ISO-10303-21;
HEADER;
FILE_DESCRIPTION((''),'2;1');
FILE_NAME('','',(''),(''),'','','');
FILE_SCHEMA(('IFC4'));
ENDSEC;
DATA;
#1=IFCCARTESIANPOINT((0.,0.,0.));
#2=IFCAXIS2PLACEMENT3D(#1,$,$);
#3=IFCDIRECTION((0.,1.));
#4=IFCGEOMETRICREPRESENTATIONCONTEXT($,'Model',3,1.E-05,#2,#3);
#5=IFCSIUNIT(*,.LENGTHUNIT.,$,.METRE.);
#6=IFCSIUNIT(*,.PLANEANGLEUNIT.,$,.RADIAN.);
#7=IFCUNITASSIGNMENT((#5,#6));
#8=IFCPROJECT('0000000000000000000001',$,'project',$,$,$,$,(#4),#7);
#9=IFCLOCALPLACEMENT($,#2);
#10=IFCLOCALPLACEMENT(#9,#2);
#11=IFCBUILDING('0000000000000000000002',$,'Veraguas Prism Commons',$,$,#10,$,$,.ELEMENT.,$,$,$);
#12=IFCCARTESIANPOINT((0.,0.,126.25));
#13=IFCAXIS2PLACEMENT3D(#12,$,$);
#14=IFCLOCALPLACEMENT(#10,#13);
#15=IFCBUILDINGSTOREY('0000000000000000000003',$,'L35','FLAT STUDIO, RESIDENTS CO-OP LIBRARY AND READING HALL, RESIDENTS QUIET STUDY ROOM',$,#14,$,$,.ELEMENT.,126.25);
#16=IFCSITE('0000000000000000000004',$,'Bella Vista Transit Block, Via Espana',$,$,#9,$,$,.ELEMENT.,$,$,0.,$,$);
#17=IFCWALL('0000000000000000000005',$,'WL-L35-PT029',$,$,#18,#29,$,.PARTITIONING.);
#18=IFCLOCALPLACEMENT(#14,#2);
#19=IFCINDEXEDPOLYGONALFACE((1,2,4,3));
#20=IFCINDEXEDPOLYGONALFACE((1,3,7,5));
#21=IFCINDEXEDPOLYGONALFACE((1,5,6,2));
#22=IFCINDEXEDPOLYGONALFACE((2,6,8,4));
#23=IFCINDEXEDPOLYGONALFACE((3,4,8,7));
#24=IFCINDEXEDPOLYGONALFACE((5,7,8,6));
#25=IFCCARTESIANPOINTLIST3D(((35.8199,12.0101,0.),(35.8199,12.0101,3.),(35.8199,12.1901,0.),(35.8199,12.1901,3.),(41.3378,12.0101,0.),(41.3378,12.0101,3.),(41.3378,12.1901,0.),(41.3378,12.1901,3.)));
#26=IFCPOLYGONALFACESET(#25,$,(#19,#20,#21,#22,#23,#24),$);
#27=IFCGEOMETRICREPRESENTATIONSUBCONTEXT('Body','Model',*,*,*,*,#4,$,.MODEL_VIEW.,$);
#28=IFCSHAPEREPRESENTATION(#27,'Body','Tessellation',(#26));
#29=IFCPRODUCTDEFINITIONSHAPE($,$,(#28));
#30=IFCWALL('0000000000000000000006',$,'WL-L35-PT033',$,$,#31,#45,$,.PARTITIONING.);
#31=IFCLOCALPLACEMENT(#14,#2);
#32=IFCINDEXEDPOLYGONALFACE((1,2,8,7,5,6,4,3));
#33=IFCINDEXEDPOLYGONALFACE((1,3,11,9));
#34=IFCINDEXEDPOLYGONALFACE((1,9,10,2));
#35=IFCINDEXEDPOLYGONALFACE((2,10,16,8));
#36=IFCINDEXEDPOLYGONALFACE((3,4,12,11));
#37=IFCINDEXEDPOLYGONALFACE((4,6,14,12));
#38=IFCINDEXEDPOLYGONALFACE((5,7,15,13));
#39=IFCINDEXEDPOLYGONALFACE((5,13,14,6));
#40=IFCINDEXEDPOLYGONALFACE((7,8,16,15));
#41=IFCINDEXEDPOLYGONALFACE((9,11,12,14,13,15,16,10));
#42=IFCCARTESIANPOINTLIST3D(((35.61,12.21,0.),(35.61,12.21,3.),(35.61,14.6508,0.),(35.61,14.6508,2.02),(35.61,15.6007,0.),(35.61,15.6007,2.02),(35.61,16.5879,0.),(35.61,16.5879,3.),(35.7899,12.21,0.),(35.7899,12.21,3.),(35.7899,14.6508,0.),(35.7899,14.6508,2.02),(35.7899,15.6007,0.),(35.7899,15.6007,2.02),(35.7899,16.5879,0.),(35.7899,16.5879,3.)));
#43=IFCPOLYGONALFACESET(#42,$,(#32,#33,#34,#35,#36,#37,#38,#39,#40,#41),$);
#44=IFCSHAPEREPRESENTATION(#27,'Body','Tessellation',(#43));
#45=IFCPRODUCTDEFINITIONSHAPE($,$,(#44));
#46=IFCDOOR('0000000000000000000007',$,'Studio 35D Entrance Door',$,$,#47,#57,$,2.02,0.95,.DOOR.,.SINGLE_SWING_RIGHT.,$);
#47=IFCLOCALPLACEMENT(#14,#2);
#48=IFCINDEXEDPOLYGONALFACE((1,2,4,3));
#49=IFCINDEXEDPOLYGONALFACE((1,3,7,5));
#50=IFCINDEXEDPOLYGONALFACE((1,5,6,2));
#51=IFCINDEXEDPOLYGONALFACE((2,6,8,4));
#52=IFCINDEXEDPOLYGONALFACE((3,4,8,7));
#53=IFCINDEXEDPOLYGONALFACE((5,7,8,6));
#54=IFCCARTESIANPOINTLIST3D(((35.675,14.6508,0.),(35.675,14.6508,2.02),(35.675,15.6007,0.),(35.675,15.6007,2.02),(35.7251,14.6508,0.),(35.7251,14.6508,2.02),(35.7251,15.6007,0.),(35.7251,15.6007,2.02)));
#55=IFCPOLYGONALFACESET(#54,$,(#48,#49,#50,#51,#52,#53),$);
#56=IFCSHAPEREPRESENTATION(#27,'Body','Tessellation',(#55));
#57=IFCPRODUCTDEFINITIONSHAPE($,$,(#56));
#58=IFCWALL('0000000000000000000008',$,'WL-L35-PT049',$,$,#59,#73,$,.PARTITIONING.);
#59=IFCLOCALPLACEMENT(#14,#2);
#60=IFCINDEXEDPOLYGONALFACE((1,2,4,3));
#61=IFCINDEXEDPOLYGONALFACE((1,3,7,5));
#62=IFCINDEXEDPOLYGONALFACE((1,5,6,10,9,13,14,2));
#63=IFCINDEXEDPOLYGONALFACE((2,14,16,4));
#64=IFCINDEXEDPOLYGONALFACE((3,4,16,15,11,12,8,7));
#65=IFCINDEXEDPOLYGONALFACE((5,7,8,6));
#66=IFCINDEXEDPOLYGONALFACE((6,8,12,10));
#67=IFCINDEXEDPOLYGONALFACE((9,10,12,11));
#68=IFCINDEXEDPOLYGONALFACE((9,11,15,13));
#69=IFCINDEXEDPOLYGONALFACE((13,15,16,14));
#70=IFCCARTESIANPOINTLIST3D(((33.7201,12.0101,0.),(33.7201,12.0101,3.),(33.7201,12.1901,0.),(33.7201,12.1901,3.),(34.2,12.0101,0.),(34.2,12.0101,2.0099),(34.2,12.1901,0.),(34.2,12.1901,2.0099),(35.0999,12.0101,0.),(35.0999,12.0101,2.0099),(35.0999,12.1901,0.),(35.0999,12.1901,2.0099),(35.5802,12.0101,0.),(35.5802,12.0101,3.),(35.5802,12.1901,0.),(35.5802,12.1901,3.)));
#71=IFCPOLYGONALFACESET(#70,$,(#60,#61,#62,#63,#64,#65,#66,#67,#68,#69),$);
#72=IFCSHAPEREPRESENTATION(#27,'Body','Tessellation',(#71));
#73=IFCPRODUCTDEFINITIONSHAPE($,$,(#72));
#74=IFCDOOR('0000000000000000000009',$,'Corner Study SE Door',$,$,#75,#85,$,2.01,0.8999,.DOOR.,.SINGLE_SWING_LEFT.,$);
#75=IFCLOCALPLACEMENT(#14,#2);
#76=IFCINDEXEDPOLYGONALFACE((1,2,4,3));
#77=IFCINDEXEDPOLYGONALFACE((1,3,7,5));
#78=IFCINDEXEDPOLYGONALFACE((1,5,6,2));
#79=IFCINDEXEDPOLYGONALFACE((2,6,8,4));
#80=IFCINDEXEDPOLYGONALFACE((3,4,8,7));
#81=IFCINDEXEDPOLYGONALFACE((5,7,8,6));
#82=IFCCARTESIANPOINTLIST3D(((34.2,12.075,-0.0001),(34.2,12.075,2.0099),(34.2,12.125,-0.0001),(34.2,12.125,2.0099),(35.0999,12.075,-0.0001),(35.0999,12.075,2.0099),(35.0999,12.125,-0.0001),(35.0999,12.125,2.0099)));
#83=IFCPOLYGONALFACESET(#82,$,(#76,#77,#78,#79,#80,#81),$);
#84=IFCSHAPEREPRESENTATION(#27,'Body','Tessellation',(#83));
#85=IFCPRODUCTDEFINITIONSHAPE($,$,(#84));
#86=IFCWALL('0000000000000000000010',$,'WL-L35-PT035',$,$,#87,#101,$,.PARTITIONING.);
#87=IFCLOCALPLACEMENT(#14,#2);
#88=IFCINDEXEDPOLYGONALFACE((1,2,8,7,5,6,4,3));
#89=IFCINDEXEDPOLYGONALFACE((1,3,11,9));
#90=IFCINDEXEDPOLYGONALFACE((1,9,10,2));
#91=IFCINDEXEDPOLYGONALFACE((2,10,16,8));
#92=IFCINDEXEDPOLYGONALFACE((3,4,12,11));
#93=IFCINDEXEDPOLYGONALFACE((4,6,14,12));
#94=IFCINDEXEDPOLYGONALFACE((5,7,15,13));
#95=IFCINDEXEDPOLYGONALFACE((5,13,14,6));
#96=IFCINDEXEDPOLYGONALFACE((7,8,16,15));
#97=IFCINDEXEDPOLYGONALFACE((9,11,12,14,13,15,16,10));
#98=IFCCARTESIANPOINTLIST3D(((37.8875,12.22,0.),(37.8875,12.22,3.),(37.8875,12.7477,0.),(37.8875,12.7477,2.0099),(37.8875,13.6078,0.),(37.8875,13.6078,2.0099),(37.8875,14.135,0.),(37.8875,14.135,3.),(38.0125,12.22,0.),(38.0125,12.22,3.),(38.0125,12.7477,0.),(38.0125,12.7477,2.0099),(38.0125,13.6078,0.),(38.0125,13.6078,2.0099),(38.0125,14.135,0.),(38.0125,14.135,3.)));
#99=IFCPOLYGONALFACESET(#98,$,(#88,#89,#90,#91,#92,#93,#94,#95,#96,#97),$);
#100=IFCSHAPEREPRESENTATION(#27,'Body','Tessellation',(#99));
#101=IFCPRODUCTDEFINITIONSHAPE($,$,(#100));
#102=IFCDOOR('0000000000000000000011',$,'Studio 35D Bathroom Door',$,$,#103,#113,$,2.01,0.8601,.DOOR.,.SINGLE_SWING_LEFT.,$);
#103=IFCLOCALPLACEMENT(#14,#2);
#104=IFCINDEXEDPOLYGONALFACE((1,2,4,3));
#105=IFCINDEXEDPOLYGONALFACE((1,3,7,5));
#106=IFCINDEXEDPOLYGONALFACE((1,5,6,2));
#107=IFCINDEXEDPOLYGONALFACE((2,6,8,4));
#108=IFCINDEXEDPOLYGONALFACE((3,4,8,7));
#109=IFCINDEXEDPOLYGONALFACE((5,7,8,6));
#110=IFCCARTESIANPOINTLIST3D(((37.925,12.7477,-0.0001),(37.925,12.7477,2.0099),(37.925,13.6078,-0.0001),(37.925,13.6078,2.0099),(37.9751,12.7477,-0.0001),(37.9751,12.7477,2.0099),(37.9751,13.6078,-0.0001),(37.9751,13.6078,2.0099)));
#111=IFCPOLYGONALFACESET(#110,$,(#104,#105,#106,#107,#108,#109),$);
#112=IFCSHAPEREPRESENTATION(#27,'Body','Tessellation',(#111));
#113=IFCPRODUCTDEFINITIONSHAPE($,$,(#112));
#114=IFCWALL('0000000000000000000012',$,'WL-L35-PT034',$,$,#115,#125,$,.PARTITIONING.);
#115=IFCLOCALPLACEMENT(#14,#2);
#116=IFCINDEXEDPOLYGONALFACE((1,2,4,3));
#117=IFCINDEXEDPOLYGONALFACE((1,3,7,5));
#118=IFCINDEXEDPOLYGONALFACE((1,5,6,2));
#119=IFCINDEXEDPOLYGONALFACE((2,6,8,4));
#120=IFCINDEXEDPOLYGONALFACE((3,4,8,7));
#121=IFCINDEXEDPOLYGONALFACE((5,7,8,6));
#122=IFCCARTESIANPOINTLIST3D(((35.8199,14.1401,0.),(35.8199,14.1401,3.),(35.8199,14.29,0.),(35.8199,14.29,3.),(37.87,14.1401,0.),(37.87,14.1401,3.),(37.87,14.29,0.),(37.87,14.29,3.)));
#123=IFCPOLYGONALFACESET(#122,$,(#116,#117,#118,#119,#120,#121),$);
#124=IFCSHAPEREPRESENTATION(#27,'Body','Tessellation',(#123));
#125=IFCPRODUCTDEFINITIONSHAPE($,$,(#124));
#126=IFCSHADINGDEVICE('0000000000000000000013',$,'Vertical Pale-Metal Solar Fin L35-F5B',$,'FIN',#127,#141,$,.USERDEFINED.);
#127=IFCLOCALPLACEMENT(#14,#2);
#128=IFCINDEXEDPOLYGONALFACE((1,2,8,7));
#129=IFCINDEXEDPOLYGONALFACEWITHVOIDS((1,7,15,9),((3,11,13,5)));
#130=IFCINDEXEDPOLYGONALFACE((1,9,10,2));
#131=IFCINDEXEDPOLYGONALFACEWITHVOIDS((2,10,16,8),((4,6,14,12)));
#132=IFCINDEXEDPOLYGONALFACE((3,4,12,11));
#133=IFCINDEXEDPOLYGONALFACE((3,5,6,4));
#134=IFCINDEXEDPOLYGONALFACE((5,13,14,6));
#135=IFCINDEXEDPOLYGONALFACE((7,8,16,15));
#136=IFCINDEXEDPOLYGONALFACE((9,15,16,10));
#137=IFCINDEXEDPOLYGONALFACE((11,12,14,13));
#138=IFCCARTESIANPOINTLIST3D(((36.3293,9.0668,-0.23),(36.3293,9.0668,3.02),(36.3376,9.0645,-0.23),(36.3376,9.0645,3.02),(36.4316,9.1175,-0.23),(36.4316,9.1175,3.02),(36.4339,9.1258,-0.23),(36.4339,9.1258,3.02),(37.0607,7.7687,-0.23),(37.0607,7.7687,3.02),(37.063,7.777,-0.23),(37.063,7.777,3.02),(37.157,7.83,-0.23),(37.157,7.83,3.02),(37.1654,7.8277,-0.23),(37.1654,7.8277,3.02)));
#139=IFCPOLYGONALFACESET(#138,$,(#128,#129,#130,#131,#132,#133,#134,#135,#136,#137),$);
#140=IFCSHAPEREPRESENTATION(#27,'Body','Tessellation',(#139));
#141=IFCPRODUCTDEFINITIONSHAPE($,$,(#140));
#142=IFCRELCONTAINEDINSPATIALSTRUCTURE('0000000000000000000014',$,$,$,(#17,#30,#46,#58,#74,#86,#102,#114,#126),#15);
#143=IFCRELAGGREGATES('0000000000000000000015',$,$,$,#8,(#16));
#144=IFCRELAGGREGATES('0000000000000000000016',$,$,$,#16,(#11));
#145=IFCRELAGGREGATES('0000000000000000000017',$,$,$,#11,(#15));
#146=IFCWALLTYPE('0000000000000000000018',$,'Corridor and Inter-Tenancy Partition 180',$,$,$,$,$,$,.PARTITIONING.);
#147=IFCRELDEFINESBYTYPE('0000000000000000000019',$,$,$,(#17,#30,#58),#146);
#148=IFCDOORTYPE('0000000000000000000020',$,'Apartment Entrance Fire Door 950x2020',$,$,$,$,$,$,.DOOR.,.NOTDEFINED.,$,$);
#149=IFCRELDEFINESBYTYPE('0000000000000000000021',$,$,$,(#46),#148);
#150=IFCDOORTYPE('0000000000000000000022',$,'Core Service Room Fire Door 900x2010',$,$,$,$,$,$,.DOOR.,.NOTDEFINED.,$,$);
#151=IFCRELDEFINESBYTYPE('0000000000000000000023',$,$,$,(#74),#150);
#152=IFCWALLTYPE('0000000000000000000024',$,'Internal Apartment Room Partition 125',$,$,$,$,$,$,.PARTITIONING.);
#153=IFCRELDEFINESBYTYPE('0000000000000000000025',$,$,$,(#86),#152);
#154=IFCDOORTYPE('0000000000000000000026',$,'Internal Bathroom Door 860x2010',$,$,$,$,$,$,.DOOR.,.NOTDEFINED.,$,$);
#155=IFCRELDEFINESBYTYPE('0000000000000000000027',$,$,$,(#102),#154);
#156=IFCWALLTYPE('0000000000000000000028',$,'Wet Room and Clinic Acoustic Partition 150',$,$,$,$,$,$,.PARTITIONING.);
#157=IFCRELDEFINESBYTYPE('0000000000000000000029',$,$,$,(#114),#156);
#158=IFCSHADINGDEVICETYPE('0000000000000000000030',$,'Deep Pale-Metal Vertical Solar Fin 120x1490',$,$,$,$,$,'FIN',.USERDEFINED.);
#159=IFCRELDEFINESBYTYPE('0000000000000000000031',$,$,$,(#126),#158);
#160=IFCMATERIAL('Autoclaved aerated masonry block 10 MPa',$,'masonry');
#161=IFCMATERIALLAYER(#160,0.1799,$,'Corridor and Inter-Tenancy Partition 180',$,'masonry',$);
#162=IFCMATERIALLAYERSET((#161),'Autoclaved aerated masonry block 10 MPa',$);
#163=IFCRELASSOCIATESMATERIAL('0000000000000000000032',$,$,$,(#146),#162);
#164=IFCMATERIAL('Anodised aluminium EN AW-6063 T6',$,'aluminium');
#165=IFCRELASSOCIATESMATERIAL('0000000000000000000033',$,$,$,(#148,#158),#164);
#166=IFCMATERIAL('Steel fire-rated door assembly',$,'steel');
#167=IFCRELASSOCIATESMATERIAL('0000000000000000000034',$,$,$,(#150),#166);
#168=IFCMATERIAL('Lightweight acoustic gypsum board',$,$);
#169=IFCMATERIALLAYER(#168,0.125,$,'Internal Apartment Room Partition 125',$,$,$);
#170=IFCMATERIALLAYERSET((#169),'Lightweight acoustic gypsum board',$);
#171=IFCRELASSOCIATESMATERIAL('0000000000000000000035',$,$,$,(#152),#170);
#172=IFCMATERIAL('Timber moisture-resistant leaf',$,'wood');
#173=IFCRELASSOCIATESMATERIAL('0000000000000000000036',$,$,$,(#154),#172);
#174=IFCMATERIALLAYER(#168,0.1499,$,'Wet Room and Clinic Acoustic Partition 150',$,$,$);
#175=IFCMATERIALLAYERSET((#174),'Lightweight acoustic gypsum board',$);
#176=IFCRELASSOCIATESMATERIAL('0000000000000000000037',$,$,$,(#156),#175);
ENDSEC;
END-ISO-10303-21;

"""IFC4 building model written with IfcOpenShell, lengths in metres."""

from ifc_helpers import new_model, si_unit, direction, frame, frame_2d, origin, origin_2d, place, context, subcontext, project, spatial, rectangle, hollow_rectangle, extrude, source, transform, mapped, material, layer, layer_set, material_profile, profile_set, type_object, element, fill, save


model = new_model("IFC4")

# Units and contexts
model_context = context("Model", 3, precision=1e-05, world=origin(), true_north=direction((0.0, 1.0)))
body_context = subcontext(model_context, "Body", "Model", "MODEL_VIEW")
ifc_project = project(units=[si_unit("LENGTHUNIT", "METRE"), si_unit("PLANEANGLEUNIT", "RADIAN")], contexts=[model_context])

# Site, building, storey
site_placement = place(None, origin())
site = spatial("IfcSite", under=ifc_project, at=site_placement, Name="Bella Vista Transit Block, Via Espana", CompositionType="ELEMENT", RefElevation=0.0)
building_placement = place(site_placement, origin())
building = spatial("IfcBuilding", under=site, at=building_placement, Name="Veraguas Prism Commons", CompositionType="ELEMENT")
storey_placement = place(building_placement, frame((0.0, 0.0, 126.25)))
storey = spatial("IfcBuildingStorey", under=building, at=storey_placement, Name="L35", Description="FLAT STUDIO, RESIDENTS CO-OP LIBRARY AND READING HALL, RESIDENTS QUIET STUDY ROOM", CompositionType="ELEMENT", Elevation=126.25)

# Shared definitions
ifc_material_1 = material(Name="Anodised aluminium EN AW-6063 T6", Category="aluminium")

# Wall
ifc_material_2 = material(Name="Autoclaved aerated masonry block 10 MPa", Category="masonry")
ifc_layer_1 = layer(ifc_material_2, 0.1799, Name="Corridor and Inter-Tenancy Partition 180", Category="masonry")
ifc_layer_set_1 = layer_set([ifc_layer_1], Name="Autoclaved aerated masonry block 10 MPa")
wall_type_1 = type_object("IfcWallType", Name="Corridor and Inter-Tenancy Partition 180", PredefinedType="PARTITIONING", material=ifc_layer_set_1)
wall_1_placement = place(storey_placement, frame((35.8201, 12.1001, 0.0), z_axis=(0.0, 0.0, 1.0), x_axis=(1.0, 0.0, 0.0)))
element("IfcWall", 1, at=wall_1_placement, inside=storey, type_object=wall_type_1, Name="WL-L35-PT029", PredefinedType="PARTITIONING", context=body_context, shape_type="SweptSolid", body=[
    extrude(rectangle(XDim=5.5178, YDim=0.1799, at=frame_2d((2.7588, 0.0))), origin(), (0.0, 0.0, 1.0), 3.0),
])

# Walls, openings, doors
wall_2_placement = place(storey_placement, frame((35.7, 12.21, 0.0), z_axis=(0.0, 0.0, 1.0), x_axis=(0.0, 1.0, 0.0)))
wall_2 = element("IfcWall", 2, at=wall_2_placement, inside=storey, type_object=wall_type_1, Name="WL-L35-PT033", PredefinedType="PARTITIONING", context=body_context, shape_type="SweptSolid", body=[
    extrude(rectangle(XDim=4.3779, YDim=0.1799, at=frame_2d((2.189, 0.0))), origin(), (0.0, 0.0, 1.0), 3.0),
])
opening_1_placement = place(wall_2_placement, frame((2.4407, 0.0, 0.0)))
opening_1 = element("IfcOpeningElement", 3, at=opening_1_placement, cuts=wall_2, PredefinedType="OPENING", context=body_context, shape_type="SweptSolid", body=[
    extrude(rectangle(XDim=0.95, YDim=2.02, at=frame_2d((0.4751, 1.01))), frame((0.0, 0.0999, 0.0), z_axis=(0.0, -1.0, 0.0), x_axis=(1.0, 0.0, 0.0)), (0.0, 0.0, 1.0), 0.2),
])
door_type_1 = type_object("IfcDoorType", Name="Apartment Entrance Fire Door 950x2020", OperationType="NOTDEFINED", PredefinedType="DOOR", material=ifc_material_1)
shared_shape_1 = source(origin(), body_context, "Body", "SweptSolid", [
    extrude(rectangle(XDim=0.95, YDim=2.02, at=frame_2d((0.4751, 1.01))), frame((0.0, 0.0249, 0.0), z_axis=(0.0, -1.0, 0.0), x_axis=(1.0, 0.0, 0.0)), (0.0, 0.0, 1.0), 0.05),
])
door_1_placement = place(opening_1_placement, origin())
door_1 = element("IfcDoor", 4, at=door_1_placement, inside=storey, type_object=door_type_1, Name="Studio 35D Entrance Door", OperationType="SINGLE_SWING_RIGHT", OverallHeight=2.02, OverallWidth=0.95, PredefinedType="DOOR", context=body_context, shape_type="MappedRepresentation", body=[
    mapped(shared_shape_1, transform((0.0, 0.0, 0.0), scale=1.0)),
])
fill(opening_1, door_1)
wall_3_placement = place(storey_placement, frame((33.72, 12.1001, 0.0), z_axis=(0.0, 0.0, 1.0), x_axis=(1.0, 0.0, 0.0)))
wall_3 = element("IfcWall", 5, at=wall_3_placement, inside=storey, type_object=wall_type_1, Name="WL-L35-PT049", PredefinedType="PARTITIONING", context=body_context, shape_type="SweptSolid", body=[
    extrude(rectangle(XDim=1.8601, YDim=0.1799, at=frame_2d((0.9302, 0.0))), origin(), (0.0, 0.0, 1.0), 3.0),
])
opening_2_placement = place(wall_3_placement, frame((0.48, 0.0, 0.0)))
opening_2 = element("IfcOpeningElement", 6, at=opening_2_placement, cuts=wall_3, PredefinedType="OPENING", context=body_context, shape_type="SweptSolid", body=[
    extrude(rectangle(XDim=0.8999, YDim=2.01, at=frame_2d((0.45, 1.0049))), frame((0.0, 0.0999, 0.0), z_axis=(0.0, -1.0, 0.0), x_axis=(1.0, 0.0, 0.0)), (0.0, 0.0, 1.0), 0.2),
])
ifc_material_3 = material(Name="Steel fire-rated door assembly", Category="steel")
door_type_2 = type_object("IfcDoorType", Name="Core Service Room Fire Door 900x2010", OperationType="NOTDEFINED", PredefinedType="DOOR", material=ifc_material_3)
shared_shape_2 = source(origin(), body_context, "Body", "SweptSolid", [
    extrude(rectangle(XDim=0.8999, YDim=2.01, at=frame_2d((0.45, 1.0049))), frame((0.0, 0.0249, 0.0), z_axis=(0.0, -1.0, 0.0), x_axis=(1.0, 0.0, 0.0)), (0.0, 0.0, 1.0), 0.05),
])
door_2_placement = place(opening_2_placement, origin())
door_2 = element("IfcDoor", 7, at=door_2_placement, inside=storey, type_object=door_type_2, Name="Corner Study SE Door", OperationType="SINGLE_SWING_LEFT", OverallHeight=2.01, OverallWidth=0.8999, PredefinedType="DOOR", context=body_context, shape_type="MappedRepresentation", body=[
    mapped(shared_shape_2, transform((0.0, 0.0, 0.0), scale=1.0)),
])
fill(opening_2, door_2)
ifc_material_4 = material(Name="Lightweight acoustic gypsum board")
ifc_layer_2 = layer(ifc_material_4, 0.125, Name="Internal Apartment Room Partition 125")
ifc_layer_set_2 = layer_set([ifc_layer_2], Name="Lightweight acoustic gypsum board")
wall_type_2 = type_object("IfcWallType", Name="Internal Apartment Room Partition 125", PredefinedType="PARTITIONING", material=ifc_layer_set_2)
wall_4_placement = place(storey_placement, frame((37.95, 12.22, 0.0), z_axis=(0.0, 0.0, 1.0), x_axis=(0.0, 1.0, 0.0)))
wall_4 = element("IfcWall", 8, at=wall_4_placement, inside=storey, type_object=wall_type_2, Name="WL-L35-PT035", PredefinedType="PARTITIONING", context=body_context, shape_type="SweptSolid", body=[
    extrude(rectangle(XDim=1.915, YDim=0.125, at=frame_2d((0.9575, 0.0))), origin(), (0.0, 0.0, 1.0), 3.0),
])
opening_3_placement = place(wall_4_placement, frame((0.5276, 0.0, 0.0)))
opening_3 = element("IfcOpeningElement", 9, at=opening_3_placement, cuts=wall_4, PredefinedType="OPENING", context=body_context, shape_type="SweptSolid", body=[
    extrude(rectangle(XDim=0.8601, YDim=2.01, at=frame_2d((0.4302, 1.0049))), frame((0.0, 0.0725, 0.0), z_axis=(0.0, -1.0, 0.0), x_axis=(1.0, 0.0, 0.0)), (0.0, 0.0, 1.0), 0.145),
])
ifc_material_5 = material(Name="Timber moisture-resistant leaf", Category="wood")
door_type_3 = type_object("IfcDoorType", Name="Internal Bathroom Door 860x2010", OperationType="NOTDEFINED", PredefinedType="DOOR", material=ifc_material_5)
shared_shape_3 = source(origin(), body_context, "Body", "SweptSolid", [
    extrude(rectangle(XDim=0.8601, YDim=2.01, at=frame_2d((0.4302, 1.0049))), frame((0.0, 0.0249, 0.0), z_axis=(0.0, -1.0, 0.0), x_axis=(1.0, 0.0, 0.0)), (0.0, 0.0, 1.0), 0.05),
])
door_3_placement = place(opening_3_placement, origin())
door_3 = element("IfcDoor", 10, at=door_3_placement, inside=storey, type_object=door_type_3, Name="Studio 35D Bathroom Door", OperationType="SINGLE_SWING_LEFT", OverallHeight=2.01, OverallWidth=0.8601, PredefinedType="DOOR", context=body_context, shape_type="MappedRepresentation", body=[
    mapped(shared_shape_3, transform((0.0, 0.0, 0.0), scale=1.0)),
])
fill(opening_3, door_3)

# Wall
ifc_layer_3 = layer(ifc_material_4, 0.1499, Name="Wet Room and Clinic Acoustic Partition 150")
ifc_layer_set_3 = layer_set([ifc_layer_3], Name="Lightweight acoustic gypsum board")
wall_type_3 = type_object("IfcWallType", Name="Wet Room and Clinic Acoustic Partition 150", PredefinedType="PARTITIONING", material=ifc_layer_set_3)
wall_5_placement = place(storey_placement, frame((35.8201, 14.2151, 0.0), z_axis=(0.0, 0.0, 1.0), x_axis=(1.0, 0.0, 0.0)))
element("IfcWall", 11, at=wall_5_placement, inside=storey, type_object=wall_type_3, Name="WL-L35-PT034", PredefinedType="PARTITIONING", context=body_context, shape_type="SweptSolid", body=[
    extrude(rectangle(XDim=2.05, YDim=0.1499, at=frame_2d((1.0249, 0.0))), origin(), (0.0, 0.0, 1.0), 3.0),
])

# Shading device
ifc_material_profile_1 = material_profile(ifc_material_1, hollow_rectangle(XDim=0.1201, YDim=1.49, WallThickness=0.0061, at=origin_2d()), Name="FIN120X1490X6")
ifc_profile_set_1 = profile_set([ifc_material_profile_1], Name="Anodised aluminium EN AW-6063 T6")
shading_device_type = type_object("IfcShadingDeviceType", Name="Deep Pale-Metal Vertical Solar Fin 120x1490", ElementType="FIN", PredefinedType="USERDEFINED", material=ifc_profile_set_1)
shading_device_placement = place(storey_placement, frame((36.7473, 8.4473, -0.23), z_axis=(0.0, 0.0, 1.0), x_axis=(0.871214, 0.490904, 0.0)))
element("IfcShadingDevice", 12, at=shading_device_placement, inside=storey, type_object=shading_device_type, Name="Vertical Pale-Metal Solar Fin L35-F5B", ObjectType="FIN", PredefinedType="USERDEFINED", context=body_context, shape_type="SweptSolid", body=[
    extrude(hollow_rectangle(XDim=0.1201, YDim=1.49, WallThickness=0.0061, at=origin_2d()), origin(), (0.0, 0.0, 1.0), 3.25),
])

save(model, "model.ifc")
